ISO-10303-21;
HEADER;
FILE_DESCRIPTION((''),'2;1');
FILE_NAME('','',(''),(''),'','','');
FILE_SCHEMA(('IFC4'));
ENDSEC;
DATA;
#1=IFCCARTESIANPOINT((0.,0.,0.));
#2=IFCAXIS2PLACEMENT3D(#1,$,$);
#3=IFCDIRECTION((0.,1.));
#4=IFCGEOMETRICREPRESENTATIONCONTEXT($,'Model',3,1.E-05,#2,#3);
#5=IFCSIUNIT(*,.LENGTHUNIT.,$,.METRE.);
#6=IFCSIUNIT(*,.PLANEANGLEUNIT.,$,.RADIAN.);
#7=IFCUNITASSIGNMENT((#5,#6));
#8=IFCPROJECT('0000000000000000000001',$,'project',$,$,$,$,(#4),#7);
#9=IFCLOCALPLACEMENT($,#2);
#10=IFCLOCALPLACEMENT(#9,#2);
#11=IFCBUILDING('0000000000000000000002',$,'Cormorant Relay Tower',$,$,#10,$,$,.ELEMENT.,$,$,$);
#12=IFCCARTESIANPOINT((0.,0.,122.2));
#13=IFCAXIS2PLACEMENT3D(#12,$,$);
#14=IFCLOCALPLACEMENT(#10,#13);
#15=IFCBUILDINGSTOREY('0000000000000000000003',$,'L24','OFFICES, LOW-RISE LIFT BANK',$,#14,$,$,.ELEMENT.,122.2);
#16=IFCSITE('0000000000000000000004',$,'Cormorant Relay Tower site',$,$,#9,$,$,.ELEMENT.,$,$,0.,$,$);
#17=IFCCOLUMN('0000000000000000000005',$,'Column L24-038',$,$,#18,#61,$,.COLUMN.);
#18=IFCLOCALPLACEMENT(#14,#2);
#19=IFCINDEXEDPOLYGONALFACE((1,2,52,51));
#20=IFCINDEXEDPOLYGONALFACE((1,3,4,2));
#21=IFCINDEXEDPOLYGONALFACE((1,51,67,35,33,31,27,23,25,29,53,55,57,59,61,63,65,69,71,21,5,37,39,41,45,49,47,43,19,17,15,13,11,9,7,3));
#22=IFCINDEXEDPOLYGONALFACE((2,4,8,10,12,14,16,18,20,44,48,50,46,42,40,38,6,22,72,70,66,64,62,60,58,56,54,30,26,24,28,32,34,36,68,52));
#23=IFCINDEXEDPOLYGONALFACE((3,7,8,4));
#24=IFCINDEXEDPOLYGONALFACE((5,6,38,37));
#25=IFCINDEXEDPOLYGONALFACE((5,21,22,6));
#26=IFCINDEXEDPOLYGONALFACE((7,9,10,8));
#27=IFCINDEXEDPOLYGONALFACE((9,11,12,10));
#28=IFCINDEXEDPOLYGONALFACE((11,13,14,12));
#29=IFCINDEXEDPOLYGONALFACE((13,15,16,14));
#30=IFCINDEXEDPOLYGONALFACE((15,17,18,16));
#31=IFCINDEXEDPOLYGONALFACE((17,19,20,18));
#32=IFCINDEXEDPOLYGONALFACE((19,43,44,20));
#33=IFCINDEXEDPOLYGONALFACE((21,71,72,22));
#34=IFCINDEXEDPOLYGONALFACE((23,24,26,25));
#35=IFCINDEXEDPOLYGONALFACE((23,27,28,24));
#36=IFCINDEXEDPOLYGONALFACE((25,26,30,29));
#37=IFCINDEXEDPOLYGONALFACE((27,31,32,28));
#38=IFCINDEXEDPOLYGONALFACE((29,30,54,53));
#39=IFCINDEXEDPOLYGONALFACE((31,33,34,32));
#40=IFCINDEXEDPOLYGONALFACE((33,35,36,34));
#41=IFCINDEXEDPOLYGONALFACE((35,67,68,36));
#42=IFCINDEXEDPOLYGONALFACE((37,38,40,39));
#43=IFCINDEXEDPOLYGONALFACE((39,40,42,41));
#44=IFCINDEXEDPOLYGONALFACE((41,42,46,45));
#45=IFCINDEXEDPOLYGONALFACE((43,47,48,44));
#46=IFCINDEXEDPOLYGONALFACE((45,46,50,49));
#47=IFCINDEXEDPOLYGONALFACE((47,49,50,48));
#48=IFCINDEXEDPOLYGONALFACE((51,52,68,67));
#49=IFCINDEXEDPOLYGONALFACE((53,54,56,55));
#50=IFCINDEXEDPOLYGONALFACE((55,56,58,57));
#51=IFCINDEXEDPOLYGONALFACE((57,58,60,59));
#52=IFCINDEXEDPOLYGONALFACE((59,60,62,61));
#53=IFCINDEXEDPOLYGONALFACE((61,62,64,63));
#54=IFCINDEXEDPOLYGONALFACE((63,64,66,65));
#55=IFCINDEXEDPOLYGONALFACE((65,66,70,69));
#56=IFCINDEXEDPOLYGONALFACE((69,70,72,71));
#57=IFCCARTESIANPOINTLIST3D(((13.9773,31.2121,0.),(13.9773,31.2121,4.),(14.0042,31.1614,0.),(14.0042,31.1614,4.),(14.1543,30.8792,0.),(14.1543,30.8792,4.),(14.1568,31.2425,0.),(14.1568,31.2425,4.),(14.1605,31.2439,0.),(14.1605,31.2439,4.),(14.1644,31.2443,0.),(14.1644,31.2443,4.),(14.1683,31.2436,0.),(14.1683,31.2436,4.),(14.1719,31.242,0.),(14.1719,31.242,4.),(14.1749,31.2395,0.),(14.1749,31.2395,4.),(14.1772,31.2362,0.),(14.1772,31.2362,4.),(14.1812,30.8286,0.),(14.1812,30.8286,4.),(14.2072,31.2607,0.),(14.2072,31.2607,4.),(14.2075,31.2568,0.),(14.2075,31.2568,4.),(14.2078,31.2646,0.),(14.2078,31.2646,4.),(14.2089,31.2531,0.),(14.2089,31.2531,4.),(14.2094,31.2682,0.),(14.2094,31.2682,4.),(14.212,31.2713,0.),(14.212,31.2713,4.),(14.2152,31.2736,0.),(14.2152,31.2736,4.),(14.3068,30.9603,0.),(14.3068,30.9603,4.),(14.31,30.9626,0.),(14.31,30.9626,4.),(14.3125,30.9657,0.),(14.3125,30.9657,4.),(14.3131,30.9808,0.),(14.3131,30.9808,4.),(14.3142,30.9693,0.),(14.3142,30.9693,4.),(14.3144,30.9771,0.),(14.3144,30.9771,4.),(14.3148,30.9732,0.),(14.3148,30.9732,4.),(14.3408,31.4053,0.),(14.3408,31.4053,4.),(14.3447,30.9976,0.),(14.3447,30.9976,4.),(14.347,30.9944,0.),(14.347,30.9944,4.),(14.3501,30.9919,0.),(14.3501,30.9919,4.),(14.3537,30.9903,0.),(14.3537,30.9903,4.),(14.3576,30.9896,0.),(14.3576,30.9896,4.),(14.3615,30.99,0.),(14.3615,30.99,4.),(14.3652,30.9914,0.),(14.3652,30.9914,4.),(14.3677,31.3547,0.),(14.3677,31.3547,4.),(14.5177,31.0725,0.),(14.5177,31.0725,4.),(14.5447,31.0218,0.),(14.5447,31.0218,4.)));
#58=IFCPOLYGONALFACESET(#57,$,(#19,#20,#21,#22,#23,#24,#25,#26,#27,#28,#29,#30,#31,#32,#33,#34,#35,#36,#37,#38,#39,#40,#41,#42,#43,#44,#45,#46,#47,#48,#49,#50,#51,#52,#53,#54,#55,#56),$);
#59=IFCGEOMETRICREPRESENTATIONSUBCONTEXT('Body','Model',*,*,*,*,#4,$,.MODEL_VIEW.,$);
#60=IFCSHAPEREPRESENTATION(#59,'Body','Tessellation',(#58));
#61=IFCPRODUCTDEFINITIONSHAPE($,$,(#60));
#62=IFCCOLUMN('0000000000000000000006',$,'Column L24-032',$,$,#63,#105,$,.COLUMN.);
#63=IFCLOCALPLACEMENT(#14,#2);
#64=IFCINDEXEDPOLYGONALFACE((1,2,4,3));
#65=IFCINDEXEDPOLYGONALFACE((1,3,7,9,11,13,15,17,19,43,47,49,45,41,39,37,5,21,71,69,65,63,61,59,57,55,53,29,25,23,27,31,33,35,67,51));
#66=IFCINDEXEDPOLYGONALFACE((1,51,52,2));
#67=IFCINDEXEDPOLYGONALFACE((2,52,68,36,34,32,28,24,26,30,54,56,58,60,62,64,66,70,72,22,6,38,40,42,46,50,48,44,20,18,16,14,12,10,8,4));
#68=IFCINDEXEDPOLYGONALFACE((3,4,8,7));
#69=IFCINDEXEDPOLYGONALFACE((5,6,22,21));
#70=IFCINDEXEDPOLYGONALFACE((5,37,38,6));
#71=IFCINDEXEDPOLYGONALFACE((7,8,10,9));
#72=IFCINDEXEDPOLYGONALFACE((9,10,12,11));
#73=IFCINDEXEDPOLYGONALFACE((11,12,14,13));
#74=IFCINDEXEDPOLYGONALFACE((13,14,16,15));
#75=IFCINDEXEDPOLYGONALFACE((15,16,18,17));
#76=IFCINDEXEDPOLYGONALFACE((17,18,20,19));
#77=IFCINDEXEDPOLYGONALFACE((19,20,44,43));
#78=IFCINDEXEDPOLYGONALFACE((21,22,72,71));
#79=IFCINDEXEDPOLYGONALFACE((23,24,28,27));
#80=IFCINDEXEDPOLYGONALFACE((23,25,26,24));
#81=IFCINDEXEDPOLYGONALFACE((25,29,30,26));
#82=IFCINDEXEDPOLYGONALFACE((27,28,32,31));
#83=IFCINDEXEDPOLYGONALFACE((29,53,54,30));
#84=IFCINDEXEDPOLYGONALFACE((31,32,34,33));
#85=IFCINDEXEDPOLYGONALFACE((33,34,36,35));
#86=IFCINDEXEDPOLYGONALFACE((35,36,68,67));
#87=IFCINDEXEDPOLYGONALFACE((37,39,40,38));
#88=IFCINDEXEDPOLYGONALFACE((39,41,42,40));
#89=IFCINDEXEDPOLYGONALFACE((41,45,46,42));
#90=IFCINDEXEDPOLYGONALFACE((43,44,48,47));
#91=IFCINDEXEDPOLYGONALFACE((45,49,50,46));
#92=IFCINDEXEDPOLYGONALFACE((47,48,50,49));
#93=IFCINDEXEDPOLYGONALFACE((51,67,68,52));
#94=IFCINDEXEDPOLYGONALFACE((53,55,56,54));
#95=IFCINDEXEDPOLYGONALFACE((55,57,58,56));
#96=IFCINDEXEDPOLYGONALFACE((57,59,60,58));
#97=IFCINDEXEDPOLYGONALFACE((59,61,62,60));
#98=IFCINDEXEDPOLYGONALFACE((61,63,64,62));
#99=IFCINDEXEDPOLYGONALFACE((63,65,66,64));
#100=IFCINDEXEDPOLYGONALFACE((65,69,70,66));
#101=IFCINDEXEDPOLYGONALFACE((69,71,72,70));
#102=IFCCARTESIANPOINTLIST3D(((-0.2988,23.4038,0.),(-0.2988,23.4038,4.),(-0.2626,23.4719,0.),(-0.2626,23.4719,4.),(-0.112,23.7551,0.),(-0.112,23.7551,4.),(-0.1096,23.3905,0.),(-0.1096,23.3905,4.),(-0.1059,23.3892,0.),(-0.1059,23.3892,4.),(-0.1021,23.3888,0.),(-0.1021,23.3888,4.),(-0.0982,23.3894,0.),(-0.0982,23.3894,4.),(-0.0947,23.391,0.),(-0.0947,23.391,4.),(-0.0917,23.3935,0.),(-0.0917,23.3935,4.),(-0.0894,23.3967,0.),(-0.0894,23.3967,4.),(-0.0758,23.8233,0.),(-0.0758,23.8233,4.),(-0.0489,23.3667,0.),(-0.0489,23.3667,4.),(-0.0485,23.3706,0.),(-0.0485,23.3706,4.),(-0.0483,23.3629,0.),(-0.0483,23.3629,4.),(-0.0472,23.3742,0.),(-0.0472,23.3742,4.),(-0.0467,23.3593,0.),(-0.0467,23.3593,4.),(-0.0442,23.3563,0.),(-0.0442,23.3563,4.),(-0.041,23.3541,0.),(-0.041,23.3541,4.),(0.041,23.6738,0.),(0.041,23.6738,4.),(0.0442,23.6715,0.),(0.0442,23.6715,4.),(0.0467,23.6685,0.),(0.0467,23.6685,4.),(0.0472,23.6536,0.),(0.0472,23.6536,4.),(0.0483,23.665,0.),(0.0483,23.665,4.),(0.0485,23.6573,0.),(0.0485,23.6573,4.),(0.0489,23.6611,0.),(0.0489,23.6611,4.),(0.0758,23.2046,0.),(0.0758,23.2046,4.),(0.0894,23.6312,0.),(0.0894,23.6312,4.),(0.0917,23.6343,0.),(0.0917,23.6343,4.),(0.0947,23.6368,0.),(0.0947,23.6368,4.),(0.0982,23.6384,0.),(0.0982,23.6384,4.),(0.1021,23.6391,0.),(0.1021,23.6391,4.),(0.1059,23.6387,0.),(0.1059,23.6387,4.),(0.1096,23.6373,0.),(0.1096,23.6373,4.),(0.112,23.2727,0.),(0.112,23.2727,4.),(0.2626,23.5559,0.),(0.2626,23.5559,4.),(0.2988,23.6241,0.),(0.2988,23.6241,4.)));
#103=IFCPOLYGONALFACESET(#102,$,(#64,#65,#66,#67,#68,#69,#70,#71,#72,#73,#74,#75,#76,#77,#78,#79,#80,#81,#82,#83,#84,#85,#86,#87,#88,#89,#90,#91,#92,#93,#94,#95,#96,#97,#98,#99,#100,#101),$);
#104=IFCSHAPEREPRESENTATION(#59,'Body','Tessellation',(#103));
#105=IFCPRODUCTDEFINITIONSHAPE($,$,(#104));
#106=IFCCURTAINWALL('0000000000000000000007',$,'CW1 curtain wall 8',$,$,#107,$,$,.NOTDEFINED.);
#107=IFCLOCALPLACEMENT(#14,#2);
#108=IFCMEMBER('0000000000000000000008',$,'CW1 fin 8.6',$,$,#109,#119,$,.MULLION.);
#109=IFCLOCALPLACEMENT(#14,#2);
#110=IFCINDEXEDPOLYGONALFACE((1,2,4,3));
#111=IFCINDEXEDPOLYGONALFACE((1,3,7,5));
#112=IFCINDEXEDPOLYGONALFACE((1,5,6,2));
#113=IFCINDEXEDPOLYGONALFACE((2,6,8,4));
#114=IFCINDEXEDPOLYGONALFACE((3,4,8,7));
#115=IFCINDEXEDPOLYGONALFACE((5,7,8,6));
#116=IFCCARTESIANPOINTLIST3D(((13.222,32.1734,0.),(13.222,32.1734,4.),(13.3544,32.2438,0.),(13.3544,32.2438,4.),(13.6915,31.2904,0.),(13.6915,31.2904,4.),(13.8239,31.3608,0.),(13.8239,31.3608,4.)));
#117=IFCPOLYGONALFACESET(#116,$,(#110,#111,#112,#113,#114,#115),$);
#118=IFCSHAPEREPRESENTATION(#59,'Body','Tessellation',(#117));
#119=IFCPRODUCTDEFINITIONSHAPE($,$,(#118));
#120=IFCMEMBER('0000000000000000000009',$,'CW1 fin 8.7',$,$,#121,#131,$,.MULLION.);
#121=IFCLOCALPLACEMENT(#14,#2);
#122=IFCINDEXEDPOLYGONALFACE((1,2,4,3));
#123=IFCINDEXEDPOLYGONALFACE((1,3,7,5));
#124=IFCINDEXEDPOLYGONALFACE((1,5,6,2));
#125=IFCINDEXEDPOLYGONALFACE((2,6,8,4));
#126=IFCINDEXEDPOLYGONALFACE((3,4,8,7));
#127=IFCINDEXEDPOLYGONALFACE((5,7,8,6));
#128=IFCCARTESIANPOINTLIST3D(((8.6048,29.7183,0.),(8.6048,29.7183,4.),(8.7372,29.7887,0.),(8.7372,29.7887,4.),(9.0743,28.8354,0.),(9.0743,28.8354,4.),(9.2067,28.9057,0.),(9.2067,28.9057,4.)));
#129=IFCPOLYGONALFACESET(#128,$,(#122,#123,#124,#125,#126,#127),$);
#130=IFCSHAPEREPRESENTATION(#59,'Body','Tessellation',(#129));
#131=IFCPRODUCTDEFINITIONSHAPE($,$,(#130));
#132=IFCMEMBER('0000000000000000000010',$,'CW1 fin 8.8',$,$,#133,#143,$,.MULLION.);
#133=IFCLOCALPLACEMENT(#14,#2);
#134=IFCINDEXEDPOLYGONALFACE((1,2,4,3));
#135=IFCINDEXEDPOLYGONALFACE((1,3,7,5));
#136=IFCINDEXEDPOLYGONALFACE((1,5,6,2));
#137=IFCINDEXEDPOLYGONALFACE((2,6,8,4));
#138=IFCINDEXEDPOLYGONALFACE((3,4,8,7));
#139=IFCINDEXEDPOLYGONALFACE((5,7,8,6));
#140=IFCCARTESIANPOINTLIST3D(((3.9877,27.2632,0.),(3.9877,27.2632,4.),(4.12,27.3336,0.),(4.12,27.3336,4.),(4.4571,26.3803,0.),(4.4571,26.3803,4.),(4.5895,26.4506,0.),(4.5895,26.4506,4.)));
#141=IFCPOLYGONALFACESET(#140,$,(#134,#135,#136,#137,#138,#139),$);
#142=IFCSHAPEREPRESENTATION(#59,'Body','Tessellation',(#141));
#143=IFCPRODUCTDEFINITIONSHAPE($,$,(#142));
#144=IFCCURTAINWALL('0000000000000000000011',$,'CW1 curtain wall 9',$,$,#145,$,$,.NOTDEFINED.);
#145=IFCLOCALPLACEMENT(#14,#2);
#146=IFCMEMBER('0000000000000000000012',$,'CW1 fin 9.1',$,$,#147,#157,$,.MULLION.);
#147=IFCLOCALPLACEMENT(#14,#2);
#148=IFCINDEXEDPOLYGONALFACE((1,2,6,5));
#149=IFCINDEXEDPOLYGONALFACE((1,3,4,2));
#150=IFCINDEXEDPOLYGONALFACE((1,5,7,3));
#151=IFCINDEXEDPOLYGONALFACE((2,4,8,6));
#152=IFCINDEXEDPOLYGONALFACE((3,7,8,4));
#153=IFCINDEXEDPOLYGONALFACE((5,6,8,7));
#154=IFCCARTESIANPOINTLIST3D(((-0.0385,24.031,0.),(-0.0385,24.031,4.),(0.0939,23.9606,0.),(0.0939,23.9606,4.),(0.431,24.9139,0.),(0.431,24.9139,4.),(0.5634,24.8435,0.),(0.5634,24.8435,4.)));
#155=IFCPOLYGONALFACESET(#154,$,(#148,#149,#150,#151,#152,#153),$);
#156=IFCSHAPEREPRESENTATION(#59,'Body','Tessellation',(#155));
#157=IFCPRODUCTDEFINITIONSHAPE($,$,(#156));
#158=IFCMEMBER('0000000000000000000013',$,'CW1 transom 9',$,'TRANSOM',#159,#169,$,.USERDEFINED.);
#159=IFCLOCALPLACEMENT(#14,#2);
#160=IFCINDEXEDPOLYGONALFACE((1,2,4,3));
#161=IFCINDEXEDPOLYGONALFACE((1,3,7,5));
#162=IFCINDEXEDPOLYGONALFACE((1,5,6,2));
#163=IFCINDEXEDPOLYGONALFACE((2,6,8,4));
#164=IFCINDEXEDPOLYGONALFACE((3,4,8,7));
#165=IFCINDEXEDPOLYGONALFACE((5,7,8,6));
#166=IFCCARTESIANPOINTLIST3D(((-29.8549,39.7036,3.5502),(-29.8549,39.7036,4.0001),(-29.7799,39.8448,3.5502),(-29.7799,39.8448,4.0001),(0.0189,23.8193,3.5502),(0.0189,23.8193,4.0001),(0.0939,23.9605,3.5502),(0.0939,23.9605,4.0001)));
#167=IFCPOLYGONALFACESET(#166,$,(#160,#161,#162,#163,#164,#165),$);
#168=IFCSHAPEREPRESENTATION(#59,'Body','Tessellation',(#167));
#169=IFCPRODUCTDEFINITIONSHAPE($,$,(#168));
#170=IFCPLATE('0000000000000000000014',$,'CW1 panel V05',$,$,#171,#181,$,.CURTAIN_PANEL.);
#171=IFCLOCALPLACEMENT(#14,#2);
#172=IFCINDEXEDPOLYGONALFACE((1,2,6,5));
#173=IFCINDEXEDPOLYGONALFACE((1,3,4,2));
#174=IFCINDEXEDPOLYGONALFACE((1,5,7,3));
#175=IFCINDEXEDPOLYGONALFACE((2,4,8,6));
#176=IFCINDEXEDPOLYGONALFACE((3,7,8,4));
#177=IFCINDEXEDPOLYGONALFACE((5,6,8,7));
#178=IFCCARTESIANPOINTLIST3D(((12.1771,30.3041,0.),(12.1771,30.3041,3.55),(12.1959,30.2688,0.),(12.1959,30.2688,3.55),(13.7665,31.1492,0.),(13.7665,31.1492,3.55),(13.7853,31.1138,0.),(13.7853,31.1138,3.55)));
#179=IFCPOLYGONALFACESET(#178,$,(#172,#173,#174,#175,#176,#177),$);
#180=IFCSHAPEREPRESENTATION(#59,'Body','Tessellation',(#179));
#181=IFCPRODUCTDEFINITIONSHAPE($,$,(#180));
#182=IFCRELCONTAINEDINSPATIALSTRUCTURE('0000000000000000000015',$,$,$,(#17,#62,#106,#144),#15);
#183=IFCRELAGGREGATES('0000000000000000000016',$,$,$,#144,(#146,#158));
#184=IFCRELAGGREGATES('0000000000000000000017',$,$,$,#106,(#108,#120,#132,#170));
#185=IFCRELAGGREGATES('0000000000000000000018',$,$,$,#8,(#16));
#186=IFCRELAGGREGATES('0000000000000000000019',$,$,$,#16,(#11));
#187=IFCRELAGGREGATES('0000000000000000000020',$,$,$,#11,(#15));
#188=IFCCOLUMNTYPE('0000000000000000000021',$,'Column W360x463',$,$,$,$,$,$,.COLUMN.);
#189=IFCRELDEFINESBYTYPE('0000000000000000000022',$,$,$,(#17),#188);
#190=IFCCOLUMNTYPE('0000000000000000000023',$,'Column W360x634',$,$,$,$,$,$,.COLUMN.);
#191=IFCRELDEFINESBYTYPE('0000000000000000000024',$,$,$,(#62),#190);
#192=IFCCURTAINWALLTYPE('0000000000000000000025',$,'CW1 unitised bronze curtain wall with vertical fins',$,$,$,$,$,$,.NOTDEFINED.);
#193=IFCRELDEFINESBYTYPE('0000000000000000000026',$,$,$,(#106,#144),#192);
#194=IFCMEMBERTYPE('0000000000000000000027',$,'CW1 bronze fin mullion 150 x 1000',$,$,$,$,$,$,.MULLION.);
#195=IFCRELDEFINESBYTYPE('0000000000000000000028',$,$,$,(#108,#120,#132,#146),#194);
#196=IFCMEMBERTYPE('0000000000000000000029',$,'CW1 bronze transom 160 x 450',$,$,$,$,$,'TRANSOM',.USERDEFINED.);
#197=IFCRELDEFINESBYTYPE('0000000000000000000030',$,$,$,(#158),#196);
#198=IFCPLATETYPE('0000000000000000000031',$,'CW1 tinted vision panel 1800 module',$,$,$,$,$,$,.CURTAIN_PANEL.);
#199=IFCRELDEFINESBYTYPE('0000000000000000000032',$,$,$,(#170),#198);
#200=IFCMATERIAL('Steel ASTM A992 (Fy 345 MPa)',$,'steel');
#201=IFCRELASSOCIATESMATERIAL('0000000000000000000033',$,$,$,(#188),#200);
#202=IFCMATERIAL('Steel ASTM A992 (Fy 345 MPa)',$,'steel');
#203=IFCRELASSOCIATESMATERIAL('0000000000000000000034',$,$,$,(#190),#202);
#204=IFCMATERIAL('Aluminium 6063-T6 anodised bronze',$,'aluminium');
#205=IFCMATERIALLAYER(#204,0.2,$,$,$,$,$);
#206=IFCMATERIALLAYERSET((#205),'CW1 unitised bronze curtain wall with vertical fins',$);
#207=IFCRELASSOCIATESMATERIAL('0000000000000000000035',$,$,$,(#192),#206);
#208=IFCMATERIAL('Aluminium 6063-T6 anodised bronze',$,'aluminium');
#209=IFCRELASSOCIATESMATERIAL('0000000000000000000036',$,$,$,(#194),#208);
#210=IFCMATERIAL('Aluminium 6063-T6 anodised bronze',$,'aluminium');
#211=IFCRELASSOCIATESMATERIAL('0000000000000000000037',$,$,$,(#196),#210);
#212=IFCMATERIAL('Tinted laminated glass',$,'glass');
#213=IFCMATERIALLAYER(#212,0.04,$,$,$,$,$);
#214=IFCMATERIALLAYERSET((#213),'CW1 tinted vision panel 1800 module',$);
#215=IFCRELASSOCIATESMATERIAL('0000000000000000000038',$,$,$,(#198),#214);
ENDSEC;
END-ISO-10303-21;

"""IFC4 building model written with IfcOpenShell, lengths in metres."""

from ifc_helpers import new_model, si_unit, direction, frame, origin, origin_2d, place, context, subcontext, project, spatial, rectangle, i_section, extrude, material, layer, layer_set, material_profile, profile_set, type_object, element, aggregate, save


model = new_model("IFC4")

# Units and contexts
model_context = context("Model", 3, precision=1e-05, world=origin(), true_north=direction((0.0, 1.0)))
body_context = subcontext(model_context, "Body", "Model", "MODEL_VIEW")
ifc_project = project(units=[si_unit("LENGTHUNIT", "METRE"), si_unit("PLANEANGLEUNIT", "RADIAN")], contexts=[model_context])

# Site, building, storey
site_placement = place(None, origin())
site = spatial("IfcSite", under=ifc_project, at=site_placement, Name="Cormorant Relay Tower site", CompositionType="ELEMENT", RefElevation=0.0)
building_placement = place(site_placement, origin())
building = spatial("IfcBuilding", under=site, at=building_placement, Name="Cormorant Relay Tower", CompositionType="ELEMENT")
storey_placement = place(building_placement, frame((0.0, 0.0, 122.2)))
storey = spatial("IfcBuildingStorey", under=building, at=storey_placement, Name="L24", Description="OFFICES, LOW-RISE LIFT BANK", CompositionType="ELEMENT", Elevation=122.2)

# Columns
ifc_material_1 = material(Name="Steel ASTM A992 (Fy 345 MPa)", Category="steel")
ifc_material_profile_1 = material_profile(ifc_material_1, i_section(OverallWidth=0.4116, OverallDepth=0.4343, WebThickness=0.0359, FlangeThickness=0.0574, FilletRadius=0.0151, at=origin_2d()), Name="W360x463")
ifc_profile_set_1 = profile_set([ifc_material_profile_1], Name="Steel ASTM A992 (Fy 345 MPa)")
column_type_1 = type_object("IfcColumnType", Name="Column W360x463", PredefinedType="COLUMN", material=ifc_profile_set_1)
for number, where, z_axis, x_axis, name in (
    (1, (14.261, 31.1169, 0.0), (0.0, 0.0, 1.0), (-0.882948, -0.469472, 0.0), "Column L24-038"),
):
    element("IfcColumn", number, at=place(storey_placement, frame(where, z_axis=z_axis, x_axis=x_axis)), inside=storey, type_object=column_type_1, Name=name, PredefinedType="COLUMN", context=body_context, shape_type="SweptSolid", body=[
        extrude(i_section(OverallWidth=0.4116, OverallDepth=0.4343, WebThickness=0.0359, FlangeThickness=0.0574, FilletRadius=0.0151, at=origin_2d()), origin(), (0.0, 0.0, 1.0), 4.0),
    ])
ifc_material_2 = material(Name="Steel ASTM A992 (Fy 345 MPa)", Category="steel")
ifc_material_profile_2 = material_profile(ifc_material_2, i_section(OverallWidth=0.4243, OverallDepth=0.4751, WebThickness=0.0479, FlangeThickness=0.0771, FilletRadius=0.0149, at=origin_2d()), Name="W360x634")
ifc_profile_set_2 = profile_set([ifc_material_profile_2], Name="Steel ASTM A992 (Fy 345 MPa)")
column_type_2 = type_object("IfcColumnType", Name="Column W360x634", PredefinedType="COLUMN", material=ifc_profile_set_2)
column_placement = place(storey_placement, frame((0.0, 23.5139, 0.0), z_axis=(0.0, 0.0, 1.0), x_axis=(-0.882948, 0.469472, 0.0)))
element("IfcColumn", 2, at=column_placement, inside=storey, type_object=column_type_2, Name="Column L24-032", PredefinedType="COLUMN", context=body_context, shape_type="SweptSolid", body=[
    extrude(i_section(OverallWidth=0.4243, OverallDepth=0.4751, WebThickness=0.0479, FlangeThickness=0.0771, FilletRadius=0.0149, at=origin_2d()), origin(), (0.0, 0.0, 1.0), 4.0),
])

# Curtain walls, members
ifc_material_3 = material(Name="Aluminium 6063-T6 anodised bronze", Category="aluminium")
ifc_layer_1 = layer(ifc_material_3, 0.2)
ifc_layer_set_1 = layer_set([ifc_layer_1], Name="CW1 unitised bronze curtain wall with vertical fins")
curtain_wall_type = type_object("IfcCurtainWallType", Name="CW1 unitised bronze curtain wall with vertical fins", PredefinedType="NOTDEFINED", material=ifc_layer_set_1)
curtain_wall_1_placement = place(storey_placement, origin())
curtain_wall_1 = element("IfcCurtainWall", 3, at=curtain_wall_1_placement, inside=storey, type_object=curtain_wall_type, Name="CW1 curtain wall 8", PredefinedType="NOTDEFINED")
ifc_material_4 = material(Name="Aluminium 6063-T6 anodised bronze", Category="aluminium")
ifc_material_profile_3 = material_profile(ifc_material_4, rectangle(XDim=0.1499, YDim=1.0, at=origin_2d()), Name="AL 150x1000")
ifc_profile_set_3 = profile_set([ifc_material_profile_3], Name="Aluminium 6063-T6 anodised bronze")
member_type_1 = type_object("IfcMemberType", Name="CW1 bronze fin mullion 150 x 1000", PredefinedType="MULLION", material=ifc_profile_set_3)
member_1_placement = place(storey_placement, frame((13.5229, 31.7671, 0.0), z_axis=(0.0, 0.0, 1.0), x_axis=(-0.882948, -0.469472, 0.0)))
member_1 = element("IfcMember", 4, at=member_1_placement, type_object=member_type_1, Name="CW1 fin 8.6", PredefinedType="MULLION", context=body_context, shape_type="SweptSolid", body=[
    extrude(rectangle(XDim=0.1499, YDim=1.0, at=origin_2d()), origin(), (0.0, 0.0, 1.0), 4.0),
])
member_2_placement = place(storey_placement, frame((8.9058, 29.312, 0.0), z_axis=(0.0, 0.0, 1.0), x_axis=(-0.882948, -0.469472, 0.0)))
member_2 = element("IfcMember", 5, at=member_2_placement, type_object=member_type_1, Name="CW1 fin 8.7", PredefinedType="MULLION", context=body_context, shape_type="SweptSolid", body=[
    extrude(rectangle(XDim=0.1499, YDim=1.0, at=origin_2d()), origin(), (0.0, 0.0, 1.0), 4.0),
])
member_3_placement = place(storey_placement, frame((4.2886, 26.8569, 0.0), z_axis=(0.0, 0.0, 1.0), x_axis=(-0.882948, -0.469472, 0.0)))
member_3 = element("IfcMember", 6, at=member_3_placement, type_object=member_type_1, Name="CW1 fin 8.8", PredefinedType="MULLION", context=body_context, shape_type="SweptSolid", body=[
    extrude(rectangle(XDim=0.1499, YDim=1.0, at=origin_2d()), origin(), (0.0, 0.0, 1.0), 4.0),
])
curtain_wall_2_placement = place(storey_placement, origin())
curtain_wall_2 = element("IfcCurtainWall", 7, at=curtain_wall_2_placement, inside=storey, type_object=curtain_wall_type, Name="CW1 curtain wall 9", PredefinedType="NOTDEFINED")
member_4_placement = place(storey_placement, frame((0.2625, 24.4373, 0.0), z_axis=(0.0, 0.0, 1.0), x_axis=(-0.882948, 0.469472, 0.0)))
member_4 = element("IfcMember", 8, at=member_4_placement, type_object=member_type_1, Name="CW1 fin 9.1", PredefinedType="MULLION", context=body_context, shape_type="SweptSolid", body=[
    extrude(rectangle(XDim=0.1499, YDim=1.0, at=origin_2d()), origin(), (0.0, 0.0, 1.0), 4.0),
])
ifc_material_5 = material(Name="Aluminium 6063-T6 anodised bronze", Category="aluminium")
ifc_material_profile_4 = material_profile(ifc_material_5, rectangle(XDim=0.1599, YDim=0.45, at=origin_2d()), Name="AL 160x450")
ifc_profile_set_4 = profile_set([ifc_material_profile_4], Name="Aluminium 6063-T6 anodised bronze")
member_type_2 = type_object("IfcMemberType", Name="CW1 bronze transom 160 x 450", ElementType="TRANSOM", PredefinedType="USERDEFINED", material=ifc_profile_set_4)
member_5_placement = place(storey_placement, frame((0.0564, 23.8899, 3.7751), z_axis=(-0.882946, 0.469474, 0.0), x_axis=(-0.469474, -0.882946, 0.0)))
member_5 = element("IfcMember", 9, at=member_5_placement, type_object=member_type_2, Name="CW1 transom 9", ObjectType="TRANSOM", PredefinedType="USERDEFINED", context=body_context, shape_type="SweptSolid", body=[
    extrude(rectangle(XDim=0.1599, YDim=0.45, at=origin_2d()), origin(), (0.0, 0.0, 1.0), 33.8342),
])
aggregate(curtain_wall_2, [member_4, member_5])

# Plate
ifc_material_6 = material(Name="Tinted laminated glass", Category="glass")
ifc_layer_2 = layer(ifc_material_6, 0.04)
ifc_layer_set_2 = layer_set([ifc_layer_2], Name="CW1 tinted vision panel 1800 module")
plate_type_1 = type_object("IfcPlateType", Name="CW1 tinted vision panel 1800 module", PredefinedType="CURTAIN_PANEL", material=ifc_layer_set_2)
plate_1_placement = place(storey_placement, frame((12.9812, 30.709, 0.0), z_axis=(0.0, 0.0, 1.0), x_axis=(-0.882948, -0.469472, 0.0)))
plate_1 = element("IfcPlate", 10, at=plate_1_placement, type_object=plate_type_1, Name="CW1 panel V05", PredefinedType="CURTAIN_PANEL", context=body_context, shape_type="SweptSolid", body=[
    extrude(rectangle(XDim=1.8, YDim=0.04, at=origin_2d()), origin(), (0.0, 0.0, 1.0), 3.55),
])

aggregate(curtain_wall_1, [member_1, member_2, member_3, plate_1])

save(model, "model.ifc")
